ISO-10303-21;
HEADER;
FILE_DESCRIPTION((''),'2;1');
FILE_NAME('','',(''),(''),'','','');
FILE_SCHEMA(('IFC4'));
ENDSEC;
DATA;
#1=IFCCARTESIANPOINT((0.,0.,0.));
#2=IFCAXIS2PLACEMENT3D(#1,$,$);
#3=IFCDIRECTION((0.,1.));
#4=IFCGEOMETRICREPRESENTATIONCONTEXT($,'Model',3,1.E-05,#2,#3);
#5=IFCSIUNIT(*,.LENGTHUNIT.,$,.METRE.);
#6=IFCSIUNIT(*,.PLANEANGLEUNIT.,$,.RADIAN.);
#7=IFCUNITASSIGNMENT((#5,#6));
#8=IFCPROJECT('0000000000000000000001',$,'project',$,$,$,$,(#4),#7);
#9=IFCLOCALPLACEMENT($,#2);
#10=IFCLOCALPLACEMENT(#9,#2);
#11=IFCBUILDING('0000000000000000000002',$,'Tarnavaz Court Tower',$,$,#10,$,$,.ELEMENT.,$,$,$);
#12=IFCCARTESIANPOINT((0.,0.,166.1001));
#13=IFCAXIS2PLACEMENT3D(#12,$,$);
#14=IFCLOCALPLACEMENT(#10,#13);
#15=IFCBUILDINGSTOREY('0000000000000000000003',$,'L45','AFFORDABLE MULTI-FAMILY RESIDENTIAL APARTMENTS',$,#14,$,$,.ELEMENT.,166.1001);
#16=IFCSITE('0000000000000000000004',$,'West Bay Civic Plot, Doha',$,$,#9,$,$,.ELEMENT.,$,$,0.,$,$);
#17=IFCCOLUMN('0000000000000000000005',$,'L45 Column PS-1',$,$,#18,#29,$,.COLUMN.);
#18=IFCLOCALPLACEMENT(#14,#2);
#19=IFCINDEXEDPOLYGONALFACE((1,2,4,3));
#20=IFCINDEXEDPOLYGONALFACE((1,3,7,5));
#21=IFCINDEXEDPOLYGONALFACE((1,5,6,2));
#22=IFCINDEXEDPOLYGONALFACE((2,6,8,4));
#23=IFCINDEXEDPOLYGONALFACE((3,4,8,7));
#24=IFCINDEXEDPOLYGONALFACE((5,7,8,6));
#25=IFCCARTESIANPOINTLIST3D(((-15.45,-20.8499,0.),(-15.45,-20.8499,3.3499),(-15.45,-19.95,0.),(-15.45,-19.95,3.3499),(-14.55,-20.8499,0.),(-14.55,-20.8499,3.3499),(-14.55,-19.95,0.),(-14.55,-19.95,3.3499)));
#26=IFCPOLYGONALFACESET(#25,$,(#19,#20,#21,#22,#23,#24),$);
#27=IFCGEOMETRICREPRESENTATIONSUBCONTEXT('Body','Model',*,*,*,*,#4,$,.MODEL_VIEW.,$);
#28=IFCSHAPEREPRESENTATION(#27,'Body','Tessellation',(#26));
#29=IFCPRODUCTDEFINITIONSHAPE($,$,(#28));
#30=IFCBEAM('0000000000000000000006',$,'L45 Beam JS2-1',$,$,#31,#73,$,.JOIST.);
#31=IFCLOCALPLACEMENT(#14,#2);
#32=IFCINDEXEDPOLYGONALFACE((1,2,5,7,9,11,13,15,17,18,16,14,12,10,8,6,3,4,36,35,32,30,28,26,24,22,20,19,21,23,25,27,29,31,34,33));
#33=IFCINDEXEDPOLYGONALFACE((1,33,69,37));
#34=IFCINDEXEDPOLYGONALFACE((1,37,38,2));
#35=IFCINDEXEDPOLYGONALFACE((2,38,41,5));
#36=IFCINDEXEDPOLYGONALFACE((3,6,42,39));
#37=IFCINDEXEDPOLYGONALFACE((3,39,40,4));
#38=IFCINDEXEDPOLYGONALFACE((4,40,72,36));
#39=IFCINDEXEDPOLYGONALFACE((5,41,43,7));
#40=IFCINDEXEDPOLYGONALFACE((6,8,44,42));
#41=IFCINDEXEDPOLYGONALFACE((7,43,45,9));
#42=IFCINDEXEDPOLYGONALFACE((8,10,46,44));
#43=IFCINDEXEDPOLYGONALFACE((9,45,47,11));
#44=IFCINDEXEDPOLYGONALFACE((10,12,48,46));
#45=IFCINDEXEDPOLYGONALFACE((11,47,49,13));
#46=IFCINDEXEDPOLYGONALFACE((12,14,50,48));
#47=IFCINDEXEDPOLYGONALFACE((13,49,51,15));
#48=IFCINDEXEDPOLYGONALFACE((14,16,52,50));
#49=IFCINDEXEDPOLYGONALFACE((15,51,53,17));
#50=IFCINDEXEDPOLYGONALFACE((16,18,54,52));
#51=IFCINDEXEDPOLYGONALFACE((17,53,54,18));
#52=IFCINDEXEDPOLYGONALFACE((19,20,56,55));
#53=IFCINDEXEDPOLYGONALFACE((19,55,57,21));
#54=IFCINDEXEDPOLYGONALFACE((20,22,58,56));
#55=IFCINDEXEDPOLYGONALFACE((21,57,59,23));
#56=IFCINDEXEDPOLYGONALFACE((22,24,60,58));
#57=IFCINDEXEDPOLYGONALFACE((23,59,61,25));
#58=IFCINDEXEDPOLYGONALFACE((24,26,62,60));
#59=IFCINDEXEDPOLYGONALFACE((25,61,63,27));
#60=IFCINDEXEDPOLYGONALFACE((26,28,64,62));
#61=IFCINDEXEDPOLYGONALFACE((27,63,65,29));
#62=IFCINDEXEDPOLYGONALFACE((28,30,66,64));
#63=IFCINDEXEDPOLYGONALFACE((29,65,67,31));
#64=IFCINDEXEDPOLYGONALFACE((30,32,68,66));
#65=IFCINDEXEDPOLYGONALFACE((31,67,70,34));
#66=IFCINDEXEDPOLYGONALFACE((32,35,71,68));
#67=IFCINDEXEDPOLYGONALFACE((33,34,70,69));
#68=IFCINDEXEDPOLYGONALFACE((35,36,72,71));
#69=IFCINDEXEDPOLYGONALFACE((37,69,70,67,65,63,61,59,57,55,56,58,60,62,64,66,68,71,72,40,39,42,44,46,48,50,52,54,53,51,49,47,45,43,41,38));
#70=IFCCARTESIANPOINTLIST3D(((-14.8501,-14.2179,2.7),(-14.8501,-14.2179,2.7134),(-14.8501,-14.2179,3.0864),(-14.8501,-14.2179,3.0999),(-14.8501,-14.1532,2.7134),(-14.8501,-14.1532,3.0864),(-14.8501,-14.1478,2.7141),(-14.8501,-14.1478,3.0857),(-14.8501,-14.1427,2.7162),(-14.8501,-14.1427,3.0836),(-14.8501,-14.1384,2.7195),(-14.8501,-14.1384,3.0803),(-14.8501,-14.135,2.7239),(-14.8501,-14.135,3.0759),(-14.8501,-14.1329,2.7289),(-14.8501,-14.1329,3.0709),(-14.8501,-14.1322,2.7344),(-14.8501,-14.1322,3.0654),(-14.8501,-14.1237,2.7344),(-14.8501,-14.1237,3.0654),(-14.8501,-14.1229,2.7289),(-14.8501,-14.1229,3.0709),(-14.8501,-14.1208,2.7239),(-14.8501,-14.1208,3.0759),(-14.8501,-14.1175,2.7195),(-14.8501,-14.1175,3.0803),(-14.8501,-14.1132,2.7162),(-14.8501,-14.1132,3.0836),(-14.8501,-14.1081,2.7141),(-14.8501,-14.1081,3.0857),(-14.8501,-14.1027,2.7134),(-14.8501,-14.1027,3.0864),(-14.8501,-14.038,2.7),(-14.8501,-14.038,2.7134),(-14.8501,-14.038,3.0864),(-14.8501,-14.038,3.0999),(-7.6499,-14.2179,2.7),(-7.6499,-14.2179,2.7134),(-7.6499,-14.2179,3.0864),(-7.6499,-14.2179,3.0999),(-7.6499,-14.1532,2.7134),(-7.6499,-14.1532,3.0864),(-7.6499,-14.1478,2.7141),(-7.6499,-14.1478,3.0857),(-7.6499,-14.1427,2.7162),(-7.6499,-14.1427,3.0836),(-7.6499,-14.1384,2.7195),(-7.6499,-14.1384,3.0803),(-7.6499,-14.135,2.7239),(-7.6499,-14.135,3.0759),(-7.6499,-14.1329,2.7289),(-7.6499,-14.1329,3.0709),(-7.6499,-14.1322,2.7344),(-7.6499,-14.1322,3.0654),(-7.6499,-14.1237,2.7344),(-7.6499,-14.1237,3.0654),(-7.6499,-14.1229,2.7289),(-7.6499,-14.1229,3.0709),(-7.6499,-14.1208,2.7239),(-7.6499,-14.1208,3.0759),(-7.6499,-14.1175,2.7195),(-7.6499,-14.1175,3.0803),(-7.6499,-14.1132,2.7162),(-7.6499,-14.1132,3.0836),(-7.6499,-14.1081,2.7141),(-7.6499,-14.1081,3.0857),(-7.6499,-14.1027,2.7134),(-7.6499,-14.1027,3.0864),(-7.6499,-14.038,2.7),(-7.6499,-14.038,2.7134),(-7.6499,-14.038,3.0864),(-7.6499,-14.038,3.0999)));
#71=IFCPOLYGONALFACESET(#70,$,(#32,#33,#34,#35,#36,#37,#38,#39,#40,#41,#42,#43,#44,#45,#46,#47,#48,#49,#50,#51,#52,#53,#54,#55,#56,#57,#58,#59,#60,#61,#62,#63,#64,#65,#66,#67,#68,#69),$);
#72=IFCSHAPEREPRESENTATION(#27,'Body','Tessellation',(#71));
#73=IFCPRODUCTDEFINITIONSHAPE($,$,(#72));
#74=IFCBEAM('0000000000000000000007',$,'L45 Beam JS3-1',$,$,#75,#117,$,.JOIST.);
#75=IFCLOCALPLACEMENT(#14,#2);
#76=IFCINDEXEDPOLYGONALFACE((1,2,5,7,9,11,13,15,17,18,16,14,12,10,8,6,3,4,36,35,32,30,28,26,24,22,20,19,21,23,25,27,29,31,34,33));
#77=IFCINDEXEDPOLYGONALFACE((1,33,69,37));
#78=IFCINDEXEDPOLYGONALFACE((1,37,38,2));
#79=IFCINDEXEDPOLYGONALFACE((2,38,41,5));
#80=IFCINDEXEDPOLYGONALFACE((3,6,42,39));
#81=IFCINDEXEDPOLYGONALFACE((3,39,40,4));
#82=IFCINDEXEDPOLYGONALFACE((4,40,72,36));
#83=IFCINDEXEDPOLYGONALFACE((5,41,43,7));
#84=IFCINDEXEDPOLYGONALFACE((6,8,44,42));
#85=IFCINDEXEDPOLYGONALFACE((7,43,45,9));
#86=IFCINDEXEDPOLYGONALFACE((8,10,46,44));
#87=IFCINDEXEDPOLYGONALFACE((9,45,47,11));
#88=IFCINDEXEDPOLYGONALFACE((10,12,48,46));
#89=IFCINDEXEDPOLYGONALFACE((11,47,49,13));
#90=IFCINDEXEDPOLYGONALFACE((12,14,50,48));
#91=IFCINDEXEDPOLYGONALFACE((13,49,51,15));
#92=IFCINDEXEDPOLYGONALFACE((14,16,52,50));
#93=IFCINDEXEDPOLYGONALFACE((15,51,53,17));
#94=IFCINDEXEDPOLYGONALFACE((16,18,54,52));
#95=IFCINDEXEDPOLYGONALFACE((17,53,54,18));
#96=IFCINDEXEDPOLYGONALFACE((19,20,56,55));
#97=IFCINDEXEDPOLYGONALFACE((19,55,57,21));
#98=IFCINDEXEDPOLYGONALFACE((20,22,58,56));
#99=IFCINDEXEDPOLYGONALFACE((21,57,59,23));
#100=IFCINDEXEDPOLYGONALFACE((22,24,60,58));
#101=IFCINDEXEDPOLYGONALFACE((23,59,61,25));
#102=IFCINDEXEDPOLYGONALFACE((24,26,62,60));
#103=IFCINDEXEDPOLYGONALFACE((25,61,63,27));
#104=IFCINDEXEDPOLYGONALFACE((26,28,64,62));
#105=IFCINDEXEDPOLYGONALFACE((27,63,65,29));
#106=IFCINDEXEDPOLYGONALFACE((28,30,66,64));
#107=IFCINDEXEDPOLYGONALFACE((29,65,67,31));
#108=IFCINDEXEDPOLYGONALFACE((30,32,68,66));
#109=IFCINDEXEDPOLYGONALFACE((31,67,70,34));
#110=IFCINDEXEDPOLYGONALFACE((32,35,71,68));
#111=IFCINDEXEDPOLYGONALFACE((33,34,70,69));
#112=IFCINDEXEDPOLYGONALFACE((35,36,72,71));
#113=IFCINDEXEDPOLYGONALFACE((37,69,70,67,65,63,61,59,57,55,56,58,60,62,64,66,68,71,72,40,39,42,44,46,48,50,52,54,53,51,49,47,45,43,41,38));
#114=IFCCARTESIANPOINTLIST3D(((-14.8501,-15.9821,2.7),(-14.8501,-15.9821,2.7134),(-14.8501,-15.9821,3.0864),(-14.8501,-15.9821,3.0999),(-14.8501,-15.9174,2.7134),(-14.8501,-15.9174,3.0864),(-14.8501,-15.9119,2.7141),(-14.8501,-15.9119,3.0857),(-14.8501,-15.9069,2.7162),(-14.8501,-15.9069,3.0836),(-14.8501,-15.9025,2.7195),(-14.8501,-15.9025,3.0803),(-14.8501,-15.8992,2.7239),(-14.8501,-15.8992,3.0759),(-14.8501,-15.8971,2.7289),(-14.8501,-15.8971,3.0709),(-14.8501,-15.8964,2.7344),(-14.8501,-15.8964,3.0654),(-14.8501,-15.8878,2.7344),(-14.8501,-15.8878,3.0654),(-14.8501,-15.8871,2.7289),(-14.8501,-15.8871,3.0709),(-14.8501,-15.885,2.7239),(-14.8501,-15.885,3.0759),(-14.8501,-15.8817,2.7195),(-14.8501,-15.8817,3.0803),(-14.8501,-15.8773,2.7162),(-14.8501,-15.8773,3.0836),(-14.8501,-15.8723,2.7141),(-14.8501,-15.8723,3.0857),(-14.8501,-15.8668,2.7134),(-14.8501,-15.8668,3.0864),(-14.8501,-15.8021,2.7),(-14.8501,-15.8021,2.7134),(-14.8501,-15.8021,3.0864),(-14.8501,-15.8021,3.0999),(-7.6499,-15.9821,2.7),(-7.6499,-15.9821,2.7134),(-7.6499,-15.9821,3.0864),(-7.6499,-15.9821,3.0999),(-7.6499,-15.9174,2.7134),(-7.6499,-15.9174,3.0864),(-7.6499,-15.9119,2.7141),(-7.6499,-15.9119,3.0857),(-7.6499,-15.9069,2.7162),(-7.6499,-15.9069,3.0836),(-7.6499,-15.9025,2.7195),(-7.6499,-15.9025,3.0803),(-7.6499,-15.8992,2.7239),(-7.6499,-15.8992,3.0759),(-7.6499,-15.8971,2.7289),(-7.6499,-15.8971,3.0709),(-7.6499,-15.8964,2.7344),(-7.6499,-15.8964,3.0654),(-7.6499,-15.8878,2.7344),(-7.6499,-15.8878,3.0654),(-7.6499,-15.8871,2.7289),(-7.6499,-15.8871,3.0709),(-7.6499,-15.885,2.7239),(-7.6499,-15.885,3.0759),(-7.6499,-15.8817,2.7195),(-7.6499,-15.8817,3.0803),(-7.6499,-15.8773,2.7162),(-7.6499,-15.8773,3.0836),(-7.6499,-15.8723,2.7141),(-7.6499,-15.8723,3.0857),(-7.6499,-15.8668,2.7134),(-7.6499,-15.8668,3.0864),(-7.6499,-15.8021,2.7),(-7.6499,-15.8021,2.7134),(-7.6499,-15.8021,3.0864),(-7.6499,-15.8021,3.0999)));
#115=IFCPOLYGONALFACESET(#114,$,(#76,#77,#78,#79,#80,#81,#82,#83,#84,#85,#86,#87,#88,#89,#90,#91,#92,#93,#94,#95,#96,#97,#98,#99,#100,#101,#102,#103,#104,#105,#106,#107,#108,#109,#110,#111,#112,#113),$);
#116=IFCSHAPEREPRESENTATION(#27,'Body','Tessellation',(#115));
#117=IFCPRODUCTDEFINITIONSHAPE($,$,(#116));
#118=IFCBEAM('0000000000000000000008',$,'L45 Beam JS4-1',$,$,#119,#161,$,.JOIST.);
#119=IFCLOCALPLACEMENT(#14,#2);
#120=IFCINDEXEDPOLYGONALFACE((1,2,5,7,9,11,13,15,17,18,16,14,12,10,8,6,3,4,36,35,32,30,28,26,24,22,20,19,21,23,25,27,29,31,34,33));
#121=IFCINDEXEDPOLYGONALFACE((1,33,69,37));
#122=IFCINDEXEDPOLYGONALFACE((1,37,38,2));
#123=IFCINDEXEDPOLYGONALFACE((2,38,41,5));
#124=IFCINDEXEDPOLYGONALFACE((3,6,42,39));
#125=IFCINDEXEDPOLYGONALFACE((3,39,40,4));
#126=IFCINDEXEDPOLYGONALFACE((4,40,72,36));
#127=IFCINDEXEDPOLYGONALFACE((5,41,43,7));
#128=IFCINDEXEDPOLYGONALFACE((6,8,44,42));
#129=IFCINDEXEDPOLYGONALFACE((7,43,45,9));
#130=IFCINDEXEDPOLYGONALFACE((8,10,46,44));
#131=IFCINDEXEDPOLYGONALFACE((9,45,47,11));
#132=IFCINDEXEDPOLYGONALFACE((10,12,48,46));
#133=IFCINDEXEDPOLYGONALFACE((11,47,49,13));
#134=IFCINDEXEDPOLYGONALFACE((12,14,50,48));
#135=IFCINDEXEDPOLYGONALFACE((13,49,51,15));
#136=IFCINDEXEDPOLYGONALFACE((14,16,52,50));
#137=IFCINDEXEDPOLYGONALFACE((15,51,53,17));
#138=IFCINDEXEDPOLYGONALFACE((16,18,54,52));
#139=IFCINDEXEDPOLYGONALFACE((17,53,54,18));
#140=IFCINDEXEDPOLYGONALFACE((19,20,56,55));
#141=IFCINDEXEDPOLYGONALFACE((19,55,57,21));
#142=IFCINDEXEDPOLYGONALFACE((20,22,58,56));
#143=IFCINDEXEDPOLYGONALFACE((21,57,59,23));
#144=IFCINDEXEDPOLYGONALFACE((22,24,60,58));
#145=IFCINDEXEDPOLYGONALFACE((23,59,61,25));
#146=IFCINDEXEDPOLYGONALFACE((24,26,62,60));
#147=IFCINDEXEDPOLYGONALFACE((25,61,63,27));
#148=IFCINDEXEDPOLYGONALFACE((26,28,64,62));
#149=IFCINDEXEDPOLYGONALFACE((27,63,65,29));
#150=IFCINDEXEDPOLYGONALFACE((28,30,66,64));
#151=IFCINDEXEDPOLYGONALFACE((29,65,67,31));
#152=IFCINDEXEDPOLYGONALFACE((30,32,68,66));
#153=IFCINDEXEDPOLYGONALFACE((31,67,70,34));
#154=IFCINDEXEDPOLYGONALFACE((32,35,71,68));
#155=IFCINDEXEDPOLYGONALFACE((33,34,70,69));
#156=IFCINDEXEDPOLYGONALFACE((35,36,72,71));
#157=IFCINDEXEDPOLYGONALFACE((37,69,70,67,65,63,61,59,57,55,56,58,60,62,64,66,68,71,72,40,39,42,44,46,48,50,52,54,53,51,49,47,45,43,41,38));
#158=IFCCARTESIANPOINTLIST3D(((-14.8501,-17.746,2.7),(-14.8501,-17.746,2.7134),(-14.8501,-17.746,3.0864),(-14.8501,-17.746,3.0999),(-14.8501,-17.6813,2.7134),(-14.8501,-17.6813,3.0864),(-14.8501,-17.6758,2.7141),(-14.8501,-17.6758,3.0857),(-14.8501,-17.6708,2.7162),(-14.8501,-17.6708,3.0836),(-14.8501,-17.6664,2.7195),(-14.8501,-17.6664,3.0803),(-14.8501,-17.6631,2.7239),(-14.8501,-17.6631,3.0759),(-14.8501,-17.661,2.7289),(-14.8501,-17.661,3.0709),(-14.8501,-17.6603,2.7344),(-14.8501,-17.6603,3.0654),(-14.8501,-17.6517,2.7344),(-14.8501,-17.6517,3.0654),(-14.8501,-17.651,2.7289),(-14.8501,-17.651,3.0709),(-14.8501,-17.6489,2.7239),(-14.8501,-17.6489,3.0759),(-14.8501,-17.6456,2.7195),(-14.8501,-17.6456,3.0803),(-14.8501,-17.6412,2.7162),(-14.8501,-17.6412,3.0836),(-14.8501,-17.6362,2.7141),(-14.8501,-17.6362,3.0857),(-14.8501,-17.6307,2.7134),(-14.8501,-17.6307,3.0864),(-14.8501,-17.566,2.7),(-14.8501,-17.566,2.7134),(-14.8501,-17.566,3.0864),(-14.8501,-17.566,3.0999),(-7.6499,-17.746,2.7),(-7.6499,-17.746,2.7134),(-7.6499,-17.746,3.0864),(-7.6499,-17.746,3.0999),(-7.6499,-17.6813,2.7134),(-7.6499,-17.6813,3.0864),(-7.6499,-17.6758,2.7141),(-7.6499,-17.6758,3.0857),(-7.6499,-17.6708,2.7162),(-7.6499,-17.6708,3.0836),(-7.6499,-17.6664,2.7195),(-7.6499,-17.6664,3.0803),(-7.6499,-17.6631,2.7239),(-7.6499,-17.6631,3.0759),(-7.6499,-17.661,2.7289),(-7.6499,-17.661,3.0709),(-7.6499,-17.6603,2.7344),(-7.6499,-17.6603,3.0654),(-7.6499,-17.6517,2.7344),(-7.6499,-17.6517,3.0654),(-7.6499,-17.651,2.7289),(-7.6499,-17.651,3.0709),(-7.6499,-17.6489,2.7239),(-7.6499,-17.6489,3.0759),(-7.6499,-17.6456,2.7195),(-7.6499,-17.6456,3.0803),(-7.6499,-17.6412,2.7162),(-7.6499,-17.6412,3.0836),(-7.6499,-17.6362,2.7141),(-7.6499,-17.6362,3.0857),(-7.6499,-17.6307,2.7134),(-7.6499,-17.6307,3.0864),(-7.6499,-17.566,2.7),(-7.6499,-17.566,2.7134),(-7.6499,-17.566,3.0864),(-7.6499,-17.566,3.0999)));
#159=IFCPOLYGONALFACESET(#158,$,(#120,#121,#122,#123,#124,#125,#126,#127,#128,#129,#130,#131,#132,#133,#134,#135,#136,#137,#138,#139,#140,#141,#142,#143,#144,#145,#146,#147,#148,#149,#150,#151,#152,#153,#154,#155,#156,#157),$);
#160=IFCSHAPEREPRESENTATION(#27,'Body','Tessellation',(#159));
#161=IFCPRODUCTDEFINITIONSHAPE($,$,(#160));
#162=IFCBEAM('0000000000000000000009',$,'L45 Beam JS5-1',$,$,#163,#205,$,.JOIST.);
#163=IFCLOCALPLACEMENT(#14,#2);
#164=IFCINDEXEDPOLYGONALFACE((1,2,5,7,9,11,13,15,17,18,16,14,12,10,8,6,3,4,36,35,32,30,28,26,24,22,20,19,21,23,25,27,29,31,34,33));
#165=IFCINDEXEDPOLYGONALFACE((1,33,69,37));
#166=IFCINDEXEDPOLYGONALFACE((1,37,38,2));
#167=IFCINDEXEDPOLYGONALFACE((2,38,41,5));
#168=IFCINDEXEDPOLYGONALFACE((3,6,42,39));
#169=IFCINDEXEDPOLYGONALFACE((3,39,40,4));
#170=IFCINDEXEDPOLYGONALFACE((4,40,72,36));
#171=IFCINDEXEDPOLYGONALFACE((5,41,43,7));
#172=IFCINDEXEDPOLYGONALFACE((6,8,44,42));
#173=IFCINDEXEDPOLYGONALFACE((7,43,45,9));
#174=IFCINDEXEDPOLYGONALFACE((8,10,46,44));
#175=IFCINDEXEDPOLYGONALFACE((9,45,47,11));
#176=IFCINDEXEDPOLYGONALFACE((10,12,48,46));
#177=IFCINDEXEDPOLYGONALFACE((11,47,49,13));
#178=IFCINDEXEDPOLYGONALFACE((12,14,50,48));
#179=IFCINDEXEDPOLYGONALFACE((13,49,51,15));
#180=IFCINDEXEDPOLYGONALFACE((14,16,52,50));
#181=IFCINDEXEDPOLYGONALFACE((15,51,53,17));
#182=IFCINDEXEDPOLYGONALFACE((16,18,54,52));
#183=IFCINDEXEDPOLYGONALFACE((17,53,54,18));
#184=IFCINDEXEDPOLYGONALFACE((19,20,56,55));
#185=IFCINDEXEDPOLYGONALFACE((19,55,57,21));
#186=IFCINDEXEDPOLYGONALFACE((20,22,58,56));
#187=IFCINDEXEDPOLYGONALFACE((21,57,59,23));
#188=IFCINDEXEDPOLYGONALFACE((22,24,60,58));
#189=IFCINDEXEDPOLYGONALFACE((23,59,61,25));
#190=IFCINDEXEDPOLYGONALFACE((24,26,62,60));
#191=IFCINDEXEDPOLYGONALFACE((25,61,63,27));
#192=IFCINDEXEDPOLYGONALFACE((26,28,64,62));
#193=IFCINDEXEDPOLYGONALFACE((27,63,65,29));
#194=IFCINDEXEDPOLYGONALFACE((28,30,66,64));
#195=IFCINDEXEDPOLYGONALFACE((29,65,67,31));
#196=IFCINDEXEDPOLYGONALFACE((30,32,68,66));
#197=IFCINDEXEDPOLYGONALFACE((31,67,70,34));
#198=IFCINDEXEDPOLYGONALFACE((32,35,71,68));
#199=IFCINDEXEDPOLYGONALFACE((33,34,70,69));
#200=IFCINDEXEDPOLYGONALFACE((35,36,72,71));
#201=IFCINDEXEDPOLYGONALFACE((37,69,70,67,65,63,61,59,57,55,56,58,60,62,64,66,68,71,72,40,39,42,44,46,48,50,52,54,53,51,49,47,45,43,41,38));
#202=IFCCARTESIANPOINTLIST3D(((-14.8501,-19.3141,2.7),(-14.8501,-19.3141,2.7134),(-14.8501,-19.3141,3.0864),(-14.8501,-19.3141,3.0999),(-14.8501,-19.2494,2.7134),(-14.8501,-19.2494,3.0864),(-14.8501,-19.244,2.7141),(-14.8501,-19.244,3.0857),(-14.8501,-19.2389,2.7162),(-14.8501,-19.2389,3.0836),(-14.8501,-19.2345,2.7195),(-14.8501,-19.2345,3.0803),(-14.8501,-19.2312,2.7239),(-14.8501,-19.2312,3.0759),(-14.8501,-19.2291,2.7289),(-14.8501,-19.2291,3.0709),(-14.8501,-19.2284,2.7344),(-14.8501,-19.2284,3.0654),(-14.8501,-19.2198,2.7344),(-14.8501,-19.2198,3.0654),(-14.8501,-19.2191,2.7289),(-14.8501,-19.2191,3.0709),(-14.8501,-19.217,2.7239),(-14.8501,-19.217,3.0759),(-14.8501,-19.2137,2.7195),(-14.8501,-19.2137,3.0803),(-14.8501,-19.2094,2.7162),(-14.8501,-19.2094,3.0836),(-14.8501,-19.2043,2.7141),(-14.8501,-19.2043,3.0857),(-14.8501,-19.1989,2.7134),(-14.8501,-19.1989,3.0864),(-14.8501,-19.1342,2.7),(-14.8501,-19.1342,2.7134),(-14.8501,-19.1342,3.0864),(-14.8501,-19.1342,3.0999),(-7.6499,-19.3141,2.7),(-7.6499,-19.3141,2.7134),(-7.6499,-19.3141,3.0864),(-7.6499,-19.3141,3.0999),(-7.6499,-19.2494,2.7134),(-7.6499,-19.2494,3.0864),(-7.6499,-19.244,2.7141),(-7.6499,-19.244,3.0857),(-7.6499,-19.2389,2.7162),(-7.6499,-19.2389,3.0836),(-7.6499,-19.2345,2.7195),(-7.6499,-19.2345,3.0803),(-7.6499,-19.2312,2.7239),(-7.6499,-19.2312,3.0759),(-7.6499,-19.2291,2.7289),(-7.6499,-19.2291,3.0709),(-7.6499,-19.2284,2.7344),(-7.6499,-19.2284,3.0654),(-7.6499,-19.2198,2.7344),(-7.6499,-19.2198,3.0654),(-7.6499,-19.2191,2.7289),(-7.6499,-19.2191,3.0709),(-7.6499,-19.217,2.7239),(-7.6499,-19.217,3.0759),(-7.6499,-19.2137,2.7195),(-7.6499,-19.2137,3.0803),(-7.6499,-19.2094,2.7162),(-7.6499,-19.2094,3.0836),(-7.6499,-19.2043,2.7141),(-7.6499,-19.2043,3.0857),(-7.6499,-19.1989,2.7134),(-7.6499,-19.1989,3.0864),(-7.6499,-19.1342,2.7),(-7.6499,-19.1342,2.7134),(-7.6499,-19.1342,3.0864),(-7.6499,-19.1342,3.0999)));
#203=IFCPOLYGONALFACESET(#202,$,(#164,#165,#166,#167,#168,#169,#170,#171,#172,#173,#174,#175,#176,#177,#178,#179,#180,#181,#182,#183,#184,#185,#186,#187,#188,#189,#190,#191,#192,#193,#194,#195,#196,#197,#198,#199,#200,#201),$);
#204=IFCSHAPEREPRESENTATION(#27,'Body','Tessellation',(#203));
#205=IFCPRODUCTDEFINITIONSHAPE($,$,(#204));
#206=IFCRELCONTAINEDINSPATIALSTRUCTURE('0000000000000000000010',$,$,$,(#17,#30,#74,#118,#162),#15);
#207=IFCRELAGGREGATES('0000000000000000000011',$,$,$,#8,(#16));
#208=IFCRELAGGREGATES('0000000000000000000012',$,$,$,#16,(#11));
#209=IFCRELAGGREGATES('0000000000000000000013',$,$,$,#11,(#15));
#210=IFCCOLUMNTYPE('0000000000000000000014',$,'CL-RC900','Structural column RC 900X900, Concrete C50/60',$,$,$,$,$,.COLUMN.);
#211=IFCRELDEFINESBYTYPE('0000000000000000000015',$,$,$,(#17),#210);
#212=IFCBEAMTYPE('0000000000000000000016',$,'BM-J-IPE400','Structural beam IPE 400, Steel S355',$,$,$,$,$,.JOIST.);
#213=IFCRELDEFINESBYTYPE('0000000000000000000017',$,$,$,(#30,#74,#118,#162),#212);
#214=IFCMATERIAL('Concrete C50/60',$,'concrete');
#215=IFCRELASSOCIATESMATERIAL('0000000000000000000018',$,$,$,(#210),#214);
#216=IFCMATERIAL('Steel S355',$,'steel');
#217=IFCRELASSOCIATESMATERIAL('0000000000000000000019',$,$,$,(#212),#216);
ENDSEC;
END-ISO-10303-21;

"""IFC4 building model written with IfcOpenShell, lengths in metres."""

from ifc_helpers import new_model, si_unit, direction, frame, origin, origin_2d, place, context, subcontext, project, spatial, rectangle, i_section, extrude, material, material_profile, profile_set, type_object, element, save


model = new_model("IFC4")

# Units and contexts
model_context = context("Model", 3, precision=1e-05, world=origin(), true_north=direction((0.0, 1.0)))
body_context = subcontext(model_context, "Body", "Model", "MODEL_VIEW")
ifc_project = project(units=[si_unit("LENGTHUNIT", "METRE"), si_unit("PLANEANGLEUNIT", "RADIAN")], contexts=[model_context])

# Site, building, storey
site_placement = place(None, origin())
site = spatial("IfcSite", under=ifc_project, at=site_placement, Name="West Bay Civic Plot, Doha", CompositionType="ELEMENT", RefElevation=0.0)
building_placement = place(site_placement, origin())
building = spatial("IfcBuilding", under=site, at=building_placement, Name="Tarnavaz Court Tower", CompositionType="ELEMENT")
storey_placement = place(building_placement, frame((0.0, 0.0, 166.1001)))
storey = spatial("IfcBuildingStorey", under=building, at=storey_placement, Name="L45", Description="AFFORDABLE MULTI-FAMILY RESIDENTIAL APARTMENTS", CompositionType="ELEMENT", Elevation=166.1001)

# Column
ifc_material_1 = material(Name="Concrete C50/60", Category="concrete")
ifc_material_profile_1 = material_profile(ifc_material_1, rectangle(XDim=0.8999, YDim=0.8999, at=origin_2d()), Name="RC 900X900")
ifc_profile_set_1 = profile_set([ifc_material_profile_1], Name="Concrete C50/60")
column_type = type_object("IfcColumnType", Name="CL-RC900", Description="Structural column RC 900X900, Concrete C50/60", PredefinedType="COLUMN", material=ifc_profile_set_1)
column_placement = place(storey_placement, frame((-15.0, -20.3999, 0.0), z_axis=(0.0, 0.0, 1.0), x_axis=(1.0, 0.0, 0.0)))
element("IfcColumn", 1, at=column_placement, inside=storey, type_object=column_type, Name="L45 Column PS-1", PredefinedType="COLUMN", context=body_context, shape_type="SweptSolid", body=[
    extrude(rectangle(XDim=0.8999, YDim=0.8999, at=origin_2d()), origin(), (0.0, 0.0, 1.0), 3.3499),
])

# Beams
ifc_material_2 = material(Name="Steel S355", Category="steel")
ifc_material_profile_2 = material_profile(ifc_material_2, i_section(OverallWidth=0.1799, OverallDepth=0.3999, WebThickness=0.0085, FlangeThickness=0.0134, FilletRadius=0.021, at=origin_2d()), Name="IPE 400")
ifc_profile_set_2 = profile_set([ifc_material_profile_2], Name="Steel S355")
beam_type_1 = type_object("IfcBeamType", Name="BM-J-IPE400", Description="Structural beam IPE 400, Steel S355", PredefinedType="JOIST", material=ifc_profile_set_2)
for number, where, z_axis, x_axis, name in (
    (2, (-14.8501, -14.1279, 2.8999), (1.0, 0.0, 0.0), (0.0, 1.0, 0.0), "L45 Beam JS2-1"),
    (3, (-14.8501, -15.8921, 2.8999), (1.0, 0.0, 0.0), (0.0, 1.0, 0.0), "L45 Beam JS3-1"),
    (4, (-14.8501, -17.656, 2.8999), (1.0, 0.0, 0.0), (0.0, 1.0, 0.0), "L45 Beam JS4-1"),
    (5, (-14.8501, -19.2241, 2.8999), (1.0, 0.0, 0.0), (0.0, 1.0, 0.0), "L45 Beam JS5-1"),
):
    element("IfcBeam", number, at=place(storey_placement, frame(where, z_axis=z_axis, x_axis=x_axis)), inside=storey, type_object=beam_type_1, Name=name, PredefinedType="JOIST", context=body_context, shape_type="SweptSolid", body=[
        extrude(i_section(OverallWidth=0.1799, OverallDepth=0.3999, WebThickness=0.0085, FlangeThickness=0.0134, FilletRadius=0.021, at=origin_2d()), origin(), (0.0, 0.0, 1.0), 7.2002),
    ])

save(model, "model.ifc")
